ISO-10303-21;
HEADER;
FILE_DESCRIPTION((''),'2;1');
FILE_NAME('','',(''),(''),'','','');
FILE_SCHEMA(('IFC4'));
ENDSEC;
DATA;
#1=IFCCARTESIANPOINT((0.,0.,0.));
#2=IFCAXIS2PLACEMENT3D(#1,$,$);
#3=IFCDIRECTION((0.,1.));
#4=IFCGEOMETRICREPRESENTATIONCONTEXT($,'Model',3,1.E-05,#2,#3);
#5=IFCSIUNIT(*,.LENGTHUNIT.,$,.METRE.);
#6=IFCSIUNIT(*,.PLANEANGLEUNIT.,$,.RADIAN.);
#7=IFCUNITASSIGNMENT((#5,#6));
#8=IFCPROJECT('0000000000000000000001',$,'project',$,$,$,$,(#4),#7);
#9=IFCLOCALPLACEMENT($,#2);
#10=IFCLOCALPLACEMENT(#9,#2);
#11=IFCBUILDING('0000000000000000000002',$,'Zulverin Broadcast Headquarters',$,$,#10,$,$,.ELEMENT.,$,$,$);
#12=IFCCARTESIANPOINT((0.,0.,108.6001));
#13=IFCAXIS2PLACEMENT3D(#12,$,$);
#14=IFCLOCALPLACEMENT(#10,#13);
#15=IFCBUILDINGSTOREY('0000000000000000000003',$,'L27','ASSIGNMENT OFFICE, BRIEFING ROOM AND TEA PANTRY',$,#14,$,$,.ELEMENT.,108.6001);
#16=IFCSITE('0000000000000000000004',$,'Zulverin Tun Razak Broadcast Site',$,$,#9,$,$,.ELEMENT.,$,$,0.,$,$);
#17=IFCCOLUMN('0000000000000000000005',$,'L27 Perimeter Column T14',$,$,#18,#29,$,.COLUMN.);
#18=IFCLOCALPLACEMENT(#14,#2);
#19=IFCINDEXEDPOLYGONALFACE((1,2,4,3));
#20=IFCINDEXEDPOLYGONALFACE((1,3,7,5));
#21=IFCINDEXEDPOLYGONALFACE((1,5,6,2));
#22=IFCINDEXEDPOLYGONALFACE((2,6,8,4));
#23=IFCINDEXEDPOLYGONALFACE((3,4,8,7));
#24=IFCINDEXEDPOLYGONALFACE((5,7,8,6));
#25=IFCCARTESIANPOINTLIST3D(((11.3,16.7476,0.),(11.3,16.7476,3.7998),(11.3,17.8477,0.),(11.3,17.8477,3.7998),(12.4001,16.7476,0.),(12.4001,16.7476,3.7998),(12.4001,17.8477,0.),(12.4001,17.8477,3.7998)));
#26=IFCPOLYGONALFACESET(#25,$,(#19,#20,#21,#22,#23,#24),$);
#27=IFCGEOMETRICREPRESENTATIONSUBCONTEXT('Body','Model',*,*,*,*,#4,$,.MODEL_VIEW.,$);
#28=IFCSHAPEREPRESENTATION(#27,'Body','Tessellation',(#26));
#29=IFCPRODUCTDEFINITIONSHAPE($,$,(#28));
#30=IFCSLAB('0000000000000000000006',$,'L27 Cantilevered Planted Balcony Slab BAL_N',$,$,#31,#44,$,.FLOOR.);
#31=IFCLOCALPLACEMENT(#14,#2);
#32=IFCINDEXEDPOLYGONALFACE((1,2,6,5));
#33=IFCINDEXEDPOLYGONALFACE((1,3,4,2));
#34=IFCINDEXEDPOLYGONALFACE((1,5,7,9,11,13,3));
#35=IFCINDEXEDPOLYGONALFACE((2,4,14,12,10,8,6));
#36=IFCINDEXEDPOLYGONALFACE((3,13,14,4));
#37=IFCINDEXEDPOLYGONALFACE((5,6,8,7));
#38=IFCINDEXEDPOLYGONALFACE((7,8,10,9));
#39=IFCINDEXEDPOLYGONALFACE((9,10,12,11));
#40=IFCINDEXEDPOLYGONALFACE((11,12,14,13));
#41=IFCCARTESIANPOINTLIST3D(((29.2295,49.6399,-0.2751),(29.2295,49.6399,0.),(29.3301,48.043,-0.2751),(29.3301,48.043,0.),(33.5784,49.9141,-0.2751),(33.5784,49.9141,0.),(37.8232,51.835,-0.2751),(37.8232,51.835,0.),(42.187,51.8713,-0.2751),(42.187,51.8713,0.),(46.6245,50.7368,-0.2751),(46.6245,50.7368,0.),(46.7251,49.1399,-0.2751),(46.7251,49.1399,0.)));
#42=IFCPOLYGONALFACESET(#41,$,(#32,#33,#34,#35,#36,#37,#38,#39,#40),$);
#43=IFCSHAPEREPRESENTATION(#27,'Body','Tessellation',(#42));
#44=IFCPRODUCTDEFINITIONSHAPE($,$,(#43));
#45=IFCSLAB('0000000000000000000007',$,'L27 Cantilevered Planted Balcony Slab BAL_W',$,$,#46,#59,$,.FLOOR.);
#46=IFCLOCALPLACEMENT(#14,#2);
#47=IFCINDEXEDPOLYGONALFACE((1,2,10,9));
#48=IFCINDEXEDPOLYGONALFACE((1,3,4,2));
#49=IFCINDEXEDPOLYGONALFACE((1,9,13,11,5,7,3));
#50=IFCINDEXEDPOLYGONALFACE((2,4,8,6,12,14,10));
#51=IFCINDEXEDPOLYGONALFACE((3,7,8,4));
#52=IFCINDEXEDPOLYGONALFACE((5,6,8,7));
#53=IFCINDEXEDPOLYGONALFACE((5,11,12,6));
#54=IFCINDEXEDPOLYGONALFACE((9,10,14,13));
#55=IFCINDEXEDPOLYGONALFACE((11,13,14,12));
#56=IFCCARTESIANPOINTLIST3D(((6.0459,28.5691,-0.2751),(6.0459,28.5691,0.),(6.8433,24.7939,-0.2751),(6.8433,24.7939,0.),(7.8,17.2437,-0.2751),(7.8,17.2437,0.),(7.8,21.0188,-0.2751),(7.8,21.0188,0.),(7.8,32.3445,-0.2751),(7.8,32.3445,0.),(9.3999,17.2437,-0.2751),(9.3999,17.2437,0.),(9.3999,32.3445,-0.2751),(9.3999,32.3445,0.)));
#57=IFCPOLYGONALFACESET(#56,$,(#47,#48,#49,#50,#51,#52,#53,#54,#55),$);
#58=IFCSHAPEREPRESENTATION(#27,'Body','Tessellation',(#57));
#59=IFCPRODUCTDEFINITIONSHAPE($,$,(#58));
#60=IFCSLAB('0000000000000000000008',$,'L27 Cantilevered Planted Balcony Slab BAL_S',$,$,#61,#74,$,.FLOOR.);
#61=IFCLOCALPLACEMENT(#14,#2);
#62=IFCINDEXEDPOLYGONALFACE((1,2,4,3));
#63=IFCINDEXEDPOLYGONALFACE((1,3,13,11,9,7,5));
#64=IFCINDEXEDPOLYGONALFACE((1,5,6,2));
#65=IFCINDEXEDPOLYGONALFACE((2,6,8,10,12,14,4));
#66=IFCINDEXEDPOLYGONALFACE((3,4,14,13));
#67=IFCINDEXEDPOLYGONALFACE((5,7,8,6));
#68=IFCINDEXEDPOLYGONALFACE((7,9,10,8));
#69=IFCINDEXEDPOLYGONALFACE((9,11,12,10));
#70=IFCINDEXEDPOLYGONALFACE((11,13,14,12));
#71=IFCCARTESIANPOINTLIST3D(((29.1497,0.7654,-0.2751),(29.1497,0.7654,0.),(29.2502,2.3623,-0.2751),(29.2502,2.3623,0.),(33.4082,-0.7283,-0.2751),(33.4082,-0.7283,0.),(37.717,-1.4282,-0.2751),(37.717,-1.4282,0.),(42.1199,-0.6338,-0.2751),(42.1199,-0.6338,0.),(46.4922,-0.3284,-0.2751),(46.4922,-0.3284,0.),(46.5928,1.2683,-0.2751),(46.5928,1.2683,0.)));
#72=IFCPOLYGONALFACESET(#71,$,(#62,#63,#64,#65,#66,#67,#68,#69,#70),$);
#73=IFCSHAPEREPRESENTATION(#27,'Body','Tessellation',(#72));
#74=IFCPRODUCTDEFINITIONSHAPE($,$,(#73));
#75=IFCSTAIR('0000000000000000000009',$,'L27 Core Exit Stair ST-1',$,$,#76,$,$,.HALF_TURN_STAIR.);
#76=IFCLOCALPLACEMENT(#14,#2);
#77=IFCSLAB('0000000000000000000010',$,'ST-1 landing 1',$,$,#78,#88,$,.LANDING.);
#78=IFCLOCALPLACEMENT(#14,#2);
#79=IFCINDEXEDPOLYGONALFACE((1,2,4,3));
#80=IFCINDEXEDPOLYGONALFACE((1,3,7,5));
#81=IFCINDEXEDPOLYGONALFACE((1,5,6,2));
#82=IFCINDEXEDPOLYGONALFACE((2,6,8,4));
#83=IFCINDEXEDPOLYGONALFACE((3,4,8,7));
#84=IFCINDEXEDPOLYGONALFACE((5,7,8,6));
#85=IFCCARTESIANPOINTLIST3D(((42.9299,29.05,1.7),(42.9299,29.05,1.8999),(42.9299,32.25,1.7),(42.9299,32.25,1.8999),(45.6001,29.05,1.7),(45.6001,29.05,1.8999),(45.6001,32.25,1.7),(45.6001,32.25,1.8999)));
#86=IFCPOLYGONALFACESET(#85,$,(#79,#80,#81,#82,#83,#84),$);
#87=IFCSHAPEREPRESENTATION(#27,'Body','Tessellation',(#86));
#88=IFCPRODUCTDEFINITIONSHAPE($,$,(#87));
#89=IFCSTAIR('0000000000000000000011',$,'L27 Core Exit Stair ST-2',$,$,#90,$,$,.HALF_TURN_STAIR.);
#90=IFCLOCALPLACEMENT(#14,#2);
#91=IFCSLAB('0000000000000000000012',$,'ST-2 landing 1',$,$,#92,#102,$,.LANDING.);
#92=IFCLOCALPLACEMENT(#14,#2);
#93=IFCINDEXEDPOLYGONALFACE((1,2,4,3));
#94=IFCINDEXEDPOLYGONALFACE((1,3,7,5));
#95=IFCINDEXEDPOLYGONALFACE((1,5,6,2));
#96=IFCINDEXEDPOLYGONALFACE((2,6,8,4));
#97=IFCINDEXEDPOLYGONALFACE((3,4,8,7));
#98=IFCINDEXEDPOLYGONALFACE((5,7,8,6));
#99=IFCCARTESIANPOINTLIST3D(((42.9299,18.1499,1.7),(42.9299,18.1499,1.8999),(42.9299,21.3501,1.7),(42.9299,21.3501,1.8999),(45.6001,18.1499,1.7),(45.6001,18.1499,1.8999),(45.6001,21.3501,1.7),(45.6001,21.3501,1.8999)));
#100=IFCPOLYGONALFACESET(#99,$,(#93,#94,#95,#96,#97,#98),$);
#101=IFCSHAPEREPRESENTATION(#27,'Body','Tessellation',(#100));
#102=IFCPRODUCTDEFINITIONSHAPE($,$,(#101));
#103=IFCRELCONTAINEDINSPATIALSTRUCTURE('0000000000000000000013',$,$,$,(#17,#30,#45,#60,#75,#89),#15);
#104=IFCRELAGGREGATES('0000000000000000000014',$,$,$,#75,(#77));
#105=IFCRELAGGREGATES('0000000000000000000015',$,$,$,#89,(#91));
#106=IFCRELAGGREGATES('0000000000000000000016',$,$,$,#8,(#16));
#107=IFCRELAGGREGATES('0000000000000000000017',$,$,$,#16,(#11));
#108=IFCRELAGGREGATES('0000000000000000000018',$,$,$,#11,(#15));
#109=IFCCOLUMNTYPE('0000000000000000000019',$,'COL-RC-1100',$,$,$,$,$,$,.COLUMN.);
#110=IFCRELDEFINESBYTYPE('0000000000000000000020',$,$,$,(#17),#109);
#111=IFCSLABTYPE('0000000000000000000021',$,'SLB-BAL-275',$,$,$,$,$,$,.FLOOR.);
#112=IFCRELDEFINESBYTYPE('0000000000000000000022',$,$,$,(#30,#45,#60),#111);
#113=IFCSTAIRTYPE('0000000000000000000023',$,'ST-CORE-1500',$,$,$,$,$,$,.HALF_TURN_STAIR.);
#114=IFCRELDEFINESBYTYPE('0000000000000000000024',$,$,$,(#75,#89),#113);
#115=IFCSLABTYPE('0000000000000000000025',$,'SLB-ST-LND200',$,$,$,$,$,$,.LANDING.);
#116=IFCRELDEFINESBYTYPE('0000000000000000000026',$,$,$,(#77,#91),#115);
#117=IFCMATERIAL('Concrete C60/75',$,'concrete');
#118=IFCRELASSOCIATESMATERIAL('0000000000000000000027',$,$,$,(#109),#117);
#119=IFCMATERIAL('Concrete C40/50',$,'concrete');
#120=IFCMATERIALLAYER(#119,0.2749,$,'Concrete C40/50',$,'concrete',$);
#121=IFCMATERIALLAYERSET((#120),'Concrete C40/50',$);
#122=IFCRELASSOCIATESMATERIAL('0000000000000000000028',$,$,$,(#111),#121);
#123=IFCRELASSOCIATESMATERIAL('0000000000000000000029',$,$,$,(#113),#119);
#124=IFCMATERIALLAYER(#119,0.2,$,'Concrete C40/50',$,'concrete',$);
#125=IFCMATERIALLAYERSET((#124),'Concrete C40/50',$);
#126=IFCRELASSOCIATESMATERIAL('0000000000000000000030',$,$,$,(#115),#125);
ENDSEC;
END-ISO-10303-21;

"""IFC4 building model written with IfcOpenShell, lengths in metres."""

from ifc_helpers import new_model, si_unit, direction, frame, origin, origin_2d, place, context, subcontext, project, spatial, polyline, rectangle, outline, extrude, material, layer, layer_set, material_profile, profile_set, type_object, element, aggregate, save


model = new_model("IFC4")

# Units and contexts
model_context = context("Model", 3, precision=1e-05, world=origin(), true_north=direction((0.0, 1.0)))
body_context = subcontext(model_context, "Body", "Model", "MODEL_VIEW")
ifc_project = project(units=[si_unit("LENGTHUNIT", "METRE"), si_unit("PLANEANGLEUNIT", "RADIAN")], contexts=[model_context])

# Site, building, storey
site_placement = place(None, origin())
site = spatial("IfcSite", under=ifc_project, at=site_placement, Name="Zulverin Tun Razak Broadcast Site", CompositionType="ELEMENT", RefElevation=0.0)
building_placement = place(site_placement, origin())
building = spatial("IfcBuilding", under=site, at=building_placement, Name="Zulverin Broadcast Headquarters", CompositionType="ELEMENT")
storey_placement = place(building_placement, frame((0.0, 0.0, 108.6001)))
storey = spatial("IfcBuildingStorey", under=building, at=storey_placement, Name="L27", Description="ASSIGNMENT OFFICE, BRIEFING ROOM AND TEA PANTRY", CompositionType="ELEMENT", Elevation=108.6001)

# Column
ifc_material_1 = material(Name="Concrete C60/75", Category="concrete")
ifc_material_profile = material_profile(ifc_material_1, rectangle(XDim=1.1001, YDim=1.1001, at=origin_2d()), Name="Concrete C60/75", Category="concrete")
ifc_profile_set = profile_set([ifc_material_profile], Name="Concrete C60/75")
column_type = type_object("IfcColumnType", Name="COL-RC-1100", PredefinedType="COLUMN", material=ifc_profile_set)
column_placement = place(storey_placement, frame((11.8501, 17.2976, 0.0), z_axis=(0.0, 0.0, 1.0), x_axis=(1.0, 0.0, 0.0)))
element("IfcColumn", 1, at=column_placement, inside=storey, type_object=column_type, Name="L27 Perimeter Column T14", PredefinedType="COLUMN", context=body_context, shape_type="SweptSolid", body=[
    extrude(rectangle(XDim=1.1001, YDim=1.1001, at=origin_2d()), origin(), (0.0, 0.0, 1.0), 3.7998),
])

# Slabs
ifc_material_2 = material(Name="Concrete C40/50", Category="concrete")
ifc_layer_1 = layer(ifc_material_2, 0.2749, Name="Concrete C40/50", Category="concrete")
ifc_layer_set_1 = layer_set([ifc_layer_1], Name="Concrete C40/50")
slab_type_1 = type_object("IfcSlabType", Name="SLB-BAL-275", PredefinedType="FLOOR", material=ifc_layer_set_1)
slab_1_placement = place(storey_placement, frame((0.0, 0.0, -0.2751)))
element("IfcSlab", 2, at=slab_1_placement, inside=storey, type_object=slab_type_1, Name="L27 Cantilevered Planted Balcony Slab BAL_N", PredefinedType="FLOOR", context=body_context, shape_type="SweptSolid", body=[
    extrude(outline(polyline([(29.3301, 48.043), (46.7251, 49.1399), (46.6245, 50.7368), (42.187, 51.8713), (37.8232, 51.835), (33.5784, 49.9141), (29.2295, 49.6399), (29.3301, 48.043)])), origin(), (0.0, 0.0, 1.0), 0.2751),
])
slab_2_placement = place(storey_placement, frame((0.0, 0.0, -0.2751)))
element("IfcSlab", 3, at=slab_2_placement, inside=storey, type_object=slab_type_1, Name="L27 Cantilevered Planted Balcony Slab BAL_W", PredefinedType="FLOOR", context=body_context, shape_type="SweptSolid", body=[
    extrude(outline(polyline([(9.3999, 17.2437), (9.3999, 32.3445), (7.8, 32.3445), (6.0459, 28.5691), (6.8433, 24.7939), (7.8, 21.0188), (7.8, 17.2437), (9.3999, 17.2437)])), origin(), (0.0, 0.0, 1.0), 0.2751),
])
slab_3_placement = place(storey_placement, frame((0.0, 0.0, -0.2751)))
element("IfcSlab", 4, at=slab_3_placement, inside=storey, type_object=slab_type_1, Name="L27 Cantilevered Planted Balcony Slab BAL_S", PredefinedType="FLOOR", context=body_context, shape_type="SweptSolid", body=[
    extrude(outline(polyline([(46.5928, 1.2683), (29.2502, 2.3623), (29.1497, 0.7654), (33.4082, -0.7283), (37.717, -1.4282), (42.1199, -0.6338), (46.4922, -0.3284), (46.5928, 1.2683)])), origin(), (0.0, 0.0, 1.0), 0.2751),
])

# Stairs, slabs
stair_type = type_object("IfcStairType", Name="ST-CORE-1500", PredefinedType="HALF_TURN_STAIR", material=ifc_material_2)
stair_1_placement = place(storey_placement, origin())
stair_1 = element("IfcStair", 5, at=stair_1_placement, inside=storey, type_object=stair_type, Name="L27 Core Exit Stair ST-1", PredefinedType="HALF_TURN_STAIR")
ifc_layer_2 = layer(ifc_material_2, 0.2, Name="Concrete C40/50", Category="concrete")
ifc_layer_set_2 = layer_set([ifc_layer_2], Name="Concrete C40/50")
slab_type_2 = type_object("IfcSlabType", Name="SLB-ST-LND200", PredefinedType="LANDING", material=ifc_layer_set_2)
slab_4_placement = place(storey_placement, frame((0.0, 0.0, 1.7)))
slab_4 = element("IfcSlab", 6, at=slab_4_placement, type_object=slab_type_2, Name="ST-1 landing 1", PredefinedType="LANDING", context=body_context, shape_type="SweptSolid", body=[
    extrude(outline(polyline([(42.9299, 29.05), (45.6001, 29.05), (45.6001, 32.25), (42.9299, 32.25), (42.9299, 29.05)])), origin(), (0.0, 0.0, 1.0), 0.2),
])
aggregate(stair_1, [slab_4])
stair_2_placement = place(storey_placement, origin())
stair_2 = element("IfcStair", 7, at=stair_2_placement, inside=storey, type_object=stair_type, Name="L27 Core Exit Stair ST-2", PredefinedType="HALF_TURN_STAIR")
slab_5_placement = place(storey_placement, frame((0.0, 0.0, 1.7)))
slab_5 = element("IfcSlab", 8, at=slab_5_placement, type_object=slab_type_2, Name="ST-2 landing 1", PredefinedType="LANDING", context=body_context, shape_type="SweptSolid", body=[
    extrude(outline(polyline([(42.9299, 18.1499), (45.6001, 18.1499), (45.6001, 21.3501), (42.9299, 21.3501), (42.9299, 18.1499)])), origin(), (0.0, 0.0, 1.0), 0.2),
])
aggregate(stair_2, [slab_5])

save(model, "model.ifc")
